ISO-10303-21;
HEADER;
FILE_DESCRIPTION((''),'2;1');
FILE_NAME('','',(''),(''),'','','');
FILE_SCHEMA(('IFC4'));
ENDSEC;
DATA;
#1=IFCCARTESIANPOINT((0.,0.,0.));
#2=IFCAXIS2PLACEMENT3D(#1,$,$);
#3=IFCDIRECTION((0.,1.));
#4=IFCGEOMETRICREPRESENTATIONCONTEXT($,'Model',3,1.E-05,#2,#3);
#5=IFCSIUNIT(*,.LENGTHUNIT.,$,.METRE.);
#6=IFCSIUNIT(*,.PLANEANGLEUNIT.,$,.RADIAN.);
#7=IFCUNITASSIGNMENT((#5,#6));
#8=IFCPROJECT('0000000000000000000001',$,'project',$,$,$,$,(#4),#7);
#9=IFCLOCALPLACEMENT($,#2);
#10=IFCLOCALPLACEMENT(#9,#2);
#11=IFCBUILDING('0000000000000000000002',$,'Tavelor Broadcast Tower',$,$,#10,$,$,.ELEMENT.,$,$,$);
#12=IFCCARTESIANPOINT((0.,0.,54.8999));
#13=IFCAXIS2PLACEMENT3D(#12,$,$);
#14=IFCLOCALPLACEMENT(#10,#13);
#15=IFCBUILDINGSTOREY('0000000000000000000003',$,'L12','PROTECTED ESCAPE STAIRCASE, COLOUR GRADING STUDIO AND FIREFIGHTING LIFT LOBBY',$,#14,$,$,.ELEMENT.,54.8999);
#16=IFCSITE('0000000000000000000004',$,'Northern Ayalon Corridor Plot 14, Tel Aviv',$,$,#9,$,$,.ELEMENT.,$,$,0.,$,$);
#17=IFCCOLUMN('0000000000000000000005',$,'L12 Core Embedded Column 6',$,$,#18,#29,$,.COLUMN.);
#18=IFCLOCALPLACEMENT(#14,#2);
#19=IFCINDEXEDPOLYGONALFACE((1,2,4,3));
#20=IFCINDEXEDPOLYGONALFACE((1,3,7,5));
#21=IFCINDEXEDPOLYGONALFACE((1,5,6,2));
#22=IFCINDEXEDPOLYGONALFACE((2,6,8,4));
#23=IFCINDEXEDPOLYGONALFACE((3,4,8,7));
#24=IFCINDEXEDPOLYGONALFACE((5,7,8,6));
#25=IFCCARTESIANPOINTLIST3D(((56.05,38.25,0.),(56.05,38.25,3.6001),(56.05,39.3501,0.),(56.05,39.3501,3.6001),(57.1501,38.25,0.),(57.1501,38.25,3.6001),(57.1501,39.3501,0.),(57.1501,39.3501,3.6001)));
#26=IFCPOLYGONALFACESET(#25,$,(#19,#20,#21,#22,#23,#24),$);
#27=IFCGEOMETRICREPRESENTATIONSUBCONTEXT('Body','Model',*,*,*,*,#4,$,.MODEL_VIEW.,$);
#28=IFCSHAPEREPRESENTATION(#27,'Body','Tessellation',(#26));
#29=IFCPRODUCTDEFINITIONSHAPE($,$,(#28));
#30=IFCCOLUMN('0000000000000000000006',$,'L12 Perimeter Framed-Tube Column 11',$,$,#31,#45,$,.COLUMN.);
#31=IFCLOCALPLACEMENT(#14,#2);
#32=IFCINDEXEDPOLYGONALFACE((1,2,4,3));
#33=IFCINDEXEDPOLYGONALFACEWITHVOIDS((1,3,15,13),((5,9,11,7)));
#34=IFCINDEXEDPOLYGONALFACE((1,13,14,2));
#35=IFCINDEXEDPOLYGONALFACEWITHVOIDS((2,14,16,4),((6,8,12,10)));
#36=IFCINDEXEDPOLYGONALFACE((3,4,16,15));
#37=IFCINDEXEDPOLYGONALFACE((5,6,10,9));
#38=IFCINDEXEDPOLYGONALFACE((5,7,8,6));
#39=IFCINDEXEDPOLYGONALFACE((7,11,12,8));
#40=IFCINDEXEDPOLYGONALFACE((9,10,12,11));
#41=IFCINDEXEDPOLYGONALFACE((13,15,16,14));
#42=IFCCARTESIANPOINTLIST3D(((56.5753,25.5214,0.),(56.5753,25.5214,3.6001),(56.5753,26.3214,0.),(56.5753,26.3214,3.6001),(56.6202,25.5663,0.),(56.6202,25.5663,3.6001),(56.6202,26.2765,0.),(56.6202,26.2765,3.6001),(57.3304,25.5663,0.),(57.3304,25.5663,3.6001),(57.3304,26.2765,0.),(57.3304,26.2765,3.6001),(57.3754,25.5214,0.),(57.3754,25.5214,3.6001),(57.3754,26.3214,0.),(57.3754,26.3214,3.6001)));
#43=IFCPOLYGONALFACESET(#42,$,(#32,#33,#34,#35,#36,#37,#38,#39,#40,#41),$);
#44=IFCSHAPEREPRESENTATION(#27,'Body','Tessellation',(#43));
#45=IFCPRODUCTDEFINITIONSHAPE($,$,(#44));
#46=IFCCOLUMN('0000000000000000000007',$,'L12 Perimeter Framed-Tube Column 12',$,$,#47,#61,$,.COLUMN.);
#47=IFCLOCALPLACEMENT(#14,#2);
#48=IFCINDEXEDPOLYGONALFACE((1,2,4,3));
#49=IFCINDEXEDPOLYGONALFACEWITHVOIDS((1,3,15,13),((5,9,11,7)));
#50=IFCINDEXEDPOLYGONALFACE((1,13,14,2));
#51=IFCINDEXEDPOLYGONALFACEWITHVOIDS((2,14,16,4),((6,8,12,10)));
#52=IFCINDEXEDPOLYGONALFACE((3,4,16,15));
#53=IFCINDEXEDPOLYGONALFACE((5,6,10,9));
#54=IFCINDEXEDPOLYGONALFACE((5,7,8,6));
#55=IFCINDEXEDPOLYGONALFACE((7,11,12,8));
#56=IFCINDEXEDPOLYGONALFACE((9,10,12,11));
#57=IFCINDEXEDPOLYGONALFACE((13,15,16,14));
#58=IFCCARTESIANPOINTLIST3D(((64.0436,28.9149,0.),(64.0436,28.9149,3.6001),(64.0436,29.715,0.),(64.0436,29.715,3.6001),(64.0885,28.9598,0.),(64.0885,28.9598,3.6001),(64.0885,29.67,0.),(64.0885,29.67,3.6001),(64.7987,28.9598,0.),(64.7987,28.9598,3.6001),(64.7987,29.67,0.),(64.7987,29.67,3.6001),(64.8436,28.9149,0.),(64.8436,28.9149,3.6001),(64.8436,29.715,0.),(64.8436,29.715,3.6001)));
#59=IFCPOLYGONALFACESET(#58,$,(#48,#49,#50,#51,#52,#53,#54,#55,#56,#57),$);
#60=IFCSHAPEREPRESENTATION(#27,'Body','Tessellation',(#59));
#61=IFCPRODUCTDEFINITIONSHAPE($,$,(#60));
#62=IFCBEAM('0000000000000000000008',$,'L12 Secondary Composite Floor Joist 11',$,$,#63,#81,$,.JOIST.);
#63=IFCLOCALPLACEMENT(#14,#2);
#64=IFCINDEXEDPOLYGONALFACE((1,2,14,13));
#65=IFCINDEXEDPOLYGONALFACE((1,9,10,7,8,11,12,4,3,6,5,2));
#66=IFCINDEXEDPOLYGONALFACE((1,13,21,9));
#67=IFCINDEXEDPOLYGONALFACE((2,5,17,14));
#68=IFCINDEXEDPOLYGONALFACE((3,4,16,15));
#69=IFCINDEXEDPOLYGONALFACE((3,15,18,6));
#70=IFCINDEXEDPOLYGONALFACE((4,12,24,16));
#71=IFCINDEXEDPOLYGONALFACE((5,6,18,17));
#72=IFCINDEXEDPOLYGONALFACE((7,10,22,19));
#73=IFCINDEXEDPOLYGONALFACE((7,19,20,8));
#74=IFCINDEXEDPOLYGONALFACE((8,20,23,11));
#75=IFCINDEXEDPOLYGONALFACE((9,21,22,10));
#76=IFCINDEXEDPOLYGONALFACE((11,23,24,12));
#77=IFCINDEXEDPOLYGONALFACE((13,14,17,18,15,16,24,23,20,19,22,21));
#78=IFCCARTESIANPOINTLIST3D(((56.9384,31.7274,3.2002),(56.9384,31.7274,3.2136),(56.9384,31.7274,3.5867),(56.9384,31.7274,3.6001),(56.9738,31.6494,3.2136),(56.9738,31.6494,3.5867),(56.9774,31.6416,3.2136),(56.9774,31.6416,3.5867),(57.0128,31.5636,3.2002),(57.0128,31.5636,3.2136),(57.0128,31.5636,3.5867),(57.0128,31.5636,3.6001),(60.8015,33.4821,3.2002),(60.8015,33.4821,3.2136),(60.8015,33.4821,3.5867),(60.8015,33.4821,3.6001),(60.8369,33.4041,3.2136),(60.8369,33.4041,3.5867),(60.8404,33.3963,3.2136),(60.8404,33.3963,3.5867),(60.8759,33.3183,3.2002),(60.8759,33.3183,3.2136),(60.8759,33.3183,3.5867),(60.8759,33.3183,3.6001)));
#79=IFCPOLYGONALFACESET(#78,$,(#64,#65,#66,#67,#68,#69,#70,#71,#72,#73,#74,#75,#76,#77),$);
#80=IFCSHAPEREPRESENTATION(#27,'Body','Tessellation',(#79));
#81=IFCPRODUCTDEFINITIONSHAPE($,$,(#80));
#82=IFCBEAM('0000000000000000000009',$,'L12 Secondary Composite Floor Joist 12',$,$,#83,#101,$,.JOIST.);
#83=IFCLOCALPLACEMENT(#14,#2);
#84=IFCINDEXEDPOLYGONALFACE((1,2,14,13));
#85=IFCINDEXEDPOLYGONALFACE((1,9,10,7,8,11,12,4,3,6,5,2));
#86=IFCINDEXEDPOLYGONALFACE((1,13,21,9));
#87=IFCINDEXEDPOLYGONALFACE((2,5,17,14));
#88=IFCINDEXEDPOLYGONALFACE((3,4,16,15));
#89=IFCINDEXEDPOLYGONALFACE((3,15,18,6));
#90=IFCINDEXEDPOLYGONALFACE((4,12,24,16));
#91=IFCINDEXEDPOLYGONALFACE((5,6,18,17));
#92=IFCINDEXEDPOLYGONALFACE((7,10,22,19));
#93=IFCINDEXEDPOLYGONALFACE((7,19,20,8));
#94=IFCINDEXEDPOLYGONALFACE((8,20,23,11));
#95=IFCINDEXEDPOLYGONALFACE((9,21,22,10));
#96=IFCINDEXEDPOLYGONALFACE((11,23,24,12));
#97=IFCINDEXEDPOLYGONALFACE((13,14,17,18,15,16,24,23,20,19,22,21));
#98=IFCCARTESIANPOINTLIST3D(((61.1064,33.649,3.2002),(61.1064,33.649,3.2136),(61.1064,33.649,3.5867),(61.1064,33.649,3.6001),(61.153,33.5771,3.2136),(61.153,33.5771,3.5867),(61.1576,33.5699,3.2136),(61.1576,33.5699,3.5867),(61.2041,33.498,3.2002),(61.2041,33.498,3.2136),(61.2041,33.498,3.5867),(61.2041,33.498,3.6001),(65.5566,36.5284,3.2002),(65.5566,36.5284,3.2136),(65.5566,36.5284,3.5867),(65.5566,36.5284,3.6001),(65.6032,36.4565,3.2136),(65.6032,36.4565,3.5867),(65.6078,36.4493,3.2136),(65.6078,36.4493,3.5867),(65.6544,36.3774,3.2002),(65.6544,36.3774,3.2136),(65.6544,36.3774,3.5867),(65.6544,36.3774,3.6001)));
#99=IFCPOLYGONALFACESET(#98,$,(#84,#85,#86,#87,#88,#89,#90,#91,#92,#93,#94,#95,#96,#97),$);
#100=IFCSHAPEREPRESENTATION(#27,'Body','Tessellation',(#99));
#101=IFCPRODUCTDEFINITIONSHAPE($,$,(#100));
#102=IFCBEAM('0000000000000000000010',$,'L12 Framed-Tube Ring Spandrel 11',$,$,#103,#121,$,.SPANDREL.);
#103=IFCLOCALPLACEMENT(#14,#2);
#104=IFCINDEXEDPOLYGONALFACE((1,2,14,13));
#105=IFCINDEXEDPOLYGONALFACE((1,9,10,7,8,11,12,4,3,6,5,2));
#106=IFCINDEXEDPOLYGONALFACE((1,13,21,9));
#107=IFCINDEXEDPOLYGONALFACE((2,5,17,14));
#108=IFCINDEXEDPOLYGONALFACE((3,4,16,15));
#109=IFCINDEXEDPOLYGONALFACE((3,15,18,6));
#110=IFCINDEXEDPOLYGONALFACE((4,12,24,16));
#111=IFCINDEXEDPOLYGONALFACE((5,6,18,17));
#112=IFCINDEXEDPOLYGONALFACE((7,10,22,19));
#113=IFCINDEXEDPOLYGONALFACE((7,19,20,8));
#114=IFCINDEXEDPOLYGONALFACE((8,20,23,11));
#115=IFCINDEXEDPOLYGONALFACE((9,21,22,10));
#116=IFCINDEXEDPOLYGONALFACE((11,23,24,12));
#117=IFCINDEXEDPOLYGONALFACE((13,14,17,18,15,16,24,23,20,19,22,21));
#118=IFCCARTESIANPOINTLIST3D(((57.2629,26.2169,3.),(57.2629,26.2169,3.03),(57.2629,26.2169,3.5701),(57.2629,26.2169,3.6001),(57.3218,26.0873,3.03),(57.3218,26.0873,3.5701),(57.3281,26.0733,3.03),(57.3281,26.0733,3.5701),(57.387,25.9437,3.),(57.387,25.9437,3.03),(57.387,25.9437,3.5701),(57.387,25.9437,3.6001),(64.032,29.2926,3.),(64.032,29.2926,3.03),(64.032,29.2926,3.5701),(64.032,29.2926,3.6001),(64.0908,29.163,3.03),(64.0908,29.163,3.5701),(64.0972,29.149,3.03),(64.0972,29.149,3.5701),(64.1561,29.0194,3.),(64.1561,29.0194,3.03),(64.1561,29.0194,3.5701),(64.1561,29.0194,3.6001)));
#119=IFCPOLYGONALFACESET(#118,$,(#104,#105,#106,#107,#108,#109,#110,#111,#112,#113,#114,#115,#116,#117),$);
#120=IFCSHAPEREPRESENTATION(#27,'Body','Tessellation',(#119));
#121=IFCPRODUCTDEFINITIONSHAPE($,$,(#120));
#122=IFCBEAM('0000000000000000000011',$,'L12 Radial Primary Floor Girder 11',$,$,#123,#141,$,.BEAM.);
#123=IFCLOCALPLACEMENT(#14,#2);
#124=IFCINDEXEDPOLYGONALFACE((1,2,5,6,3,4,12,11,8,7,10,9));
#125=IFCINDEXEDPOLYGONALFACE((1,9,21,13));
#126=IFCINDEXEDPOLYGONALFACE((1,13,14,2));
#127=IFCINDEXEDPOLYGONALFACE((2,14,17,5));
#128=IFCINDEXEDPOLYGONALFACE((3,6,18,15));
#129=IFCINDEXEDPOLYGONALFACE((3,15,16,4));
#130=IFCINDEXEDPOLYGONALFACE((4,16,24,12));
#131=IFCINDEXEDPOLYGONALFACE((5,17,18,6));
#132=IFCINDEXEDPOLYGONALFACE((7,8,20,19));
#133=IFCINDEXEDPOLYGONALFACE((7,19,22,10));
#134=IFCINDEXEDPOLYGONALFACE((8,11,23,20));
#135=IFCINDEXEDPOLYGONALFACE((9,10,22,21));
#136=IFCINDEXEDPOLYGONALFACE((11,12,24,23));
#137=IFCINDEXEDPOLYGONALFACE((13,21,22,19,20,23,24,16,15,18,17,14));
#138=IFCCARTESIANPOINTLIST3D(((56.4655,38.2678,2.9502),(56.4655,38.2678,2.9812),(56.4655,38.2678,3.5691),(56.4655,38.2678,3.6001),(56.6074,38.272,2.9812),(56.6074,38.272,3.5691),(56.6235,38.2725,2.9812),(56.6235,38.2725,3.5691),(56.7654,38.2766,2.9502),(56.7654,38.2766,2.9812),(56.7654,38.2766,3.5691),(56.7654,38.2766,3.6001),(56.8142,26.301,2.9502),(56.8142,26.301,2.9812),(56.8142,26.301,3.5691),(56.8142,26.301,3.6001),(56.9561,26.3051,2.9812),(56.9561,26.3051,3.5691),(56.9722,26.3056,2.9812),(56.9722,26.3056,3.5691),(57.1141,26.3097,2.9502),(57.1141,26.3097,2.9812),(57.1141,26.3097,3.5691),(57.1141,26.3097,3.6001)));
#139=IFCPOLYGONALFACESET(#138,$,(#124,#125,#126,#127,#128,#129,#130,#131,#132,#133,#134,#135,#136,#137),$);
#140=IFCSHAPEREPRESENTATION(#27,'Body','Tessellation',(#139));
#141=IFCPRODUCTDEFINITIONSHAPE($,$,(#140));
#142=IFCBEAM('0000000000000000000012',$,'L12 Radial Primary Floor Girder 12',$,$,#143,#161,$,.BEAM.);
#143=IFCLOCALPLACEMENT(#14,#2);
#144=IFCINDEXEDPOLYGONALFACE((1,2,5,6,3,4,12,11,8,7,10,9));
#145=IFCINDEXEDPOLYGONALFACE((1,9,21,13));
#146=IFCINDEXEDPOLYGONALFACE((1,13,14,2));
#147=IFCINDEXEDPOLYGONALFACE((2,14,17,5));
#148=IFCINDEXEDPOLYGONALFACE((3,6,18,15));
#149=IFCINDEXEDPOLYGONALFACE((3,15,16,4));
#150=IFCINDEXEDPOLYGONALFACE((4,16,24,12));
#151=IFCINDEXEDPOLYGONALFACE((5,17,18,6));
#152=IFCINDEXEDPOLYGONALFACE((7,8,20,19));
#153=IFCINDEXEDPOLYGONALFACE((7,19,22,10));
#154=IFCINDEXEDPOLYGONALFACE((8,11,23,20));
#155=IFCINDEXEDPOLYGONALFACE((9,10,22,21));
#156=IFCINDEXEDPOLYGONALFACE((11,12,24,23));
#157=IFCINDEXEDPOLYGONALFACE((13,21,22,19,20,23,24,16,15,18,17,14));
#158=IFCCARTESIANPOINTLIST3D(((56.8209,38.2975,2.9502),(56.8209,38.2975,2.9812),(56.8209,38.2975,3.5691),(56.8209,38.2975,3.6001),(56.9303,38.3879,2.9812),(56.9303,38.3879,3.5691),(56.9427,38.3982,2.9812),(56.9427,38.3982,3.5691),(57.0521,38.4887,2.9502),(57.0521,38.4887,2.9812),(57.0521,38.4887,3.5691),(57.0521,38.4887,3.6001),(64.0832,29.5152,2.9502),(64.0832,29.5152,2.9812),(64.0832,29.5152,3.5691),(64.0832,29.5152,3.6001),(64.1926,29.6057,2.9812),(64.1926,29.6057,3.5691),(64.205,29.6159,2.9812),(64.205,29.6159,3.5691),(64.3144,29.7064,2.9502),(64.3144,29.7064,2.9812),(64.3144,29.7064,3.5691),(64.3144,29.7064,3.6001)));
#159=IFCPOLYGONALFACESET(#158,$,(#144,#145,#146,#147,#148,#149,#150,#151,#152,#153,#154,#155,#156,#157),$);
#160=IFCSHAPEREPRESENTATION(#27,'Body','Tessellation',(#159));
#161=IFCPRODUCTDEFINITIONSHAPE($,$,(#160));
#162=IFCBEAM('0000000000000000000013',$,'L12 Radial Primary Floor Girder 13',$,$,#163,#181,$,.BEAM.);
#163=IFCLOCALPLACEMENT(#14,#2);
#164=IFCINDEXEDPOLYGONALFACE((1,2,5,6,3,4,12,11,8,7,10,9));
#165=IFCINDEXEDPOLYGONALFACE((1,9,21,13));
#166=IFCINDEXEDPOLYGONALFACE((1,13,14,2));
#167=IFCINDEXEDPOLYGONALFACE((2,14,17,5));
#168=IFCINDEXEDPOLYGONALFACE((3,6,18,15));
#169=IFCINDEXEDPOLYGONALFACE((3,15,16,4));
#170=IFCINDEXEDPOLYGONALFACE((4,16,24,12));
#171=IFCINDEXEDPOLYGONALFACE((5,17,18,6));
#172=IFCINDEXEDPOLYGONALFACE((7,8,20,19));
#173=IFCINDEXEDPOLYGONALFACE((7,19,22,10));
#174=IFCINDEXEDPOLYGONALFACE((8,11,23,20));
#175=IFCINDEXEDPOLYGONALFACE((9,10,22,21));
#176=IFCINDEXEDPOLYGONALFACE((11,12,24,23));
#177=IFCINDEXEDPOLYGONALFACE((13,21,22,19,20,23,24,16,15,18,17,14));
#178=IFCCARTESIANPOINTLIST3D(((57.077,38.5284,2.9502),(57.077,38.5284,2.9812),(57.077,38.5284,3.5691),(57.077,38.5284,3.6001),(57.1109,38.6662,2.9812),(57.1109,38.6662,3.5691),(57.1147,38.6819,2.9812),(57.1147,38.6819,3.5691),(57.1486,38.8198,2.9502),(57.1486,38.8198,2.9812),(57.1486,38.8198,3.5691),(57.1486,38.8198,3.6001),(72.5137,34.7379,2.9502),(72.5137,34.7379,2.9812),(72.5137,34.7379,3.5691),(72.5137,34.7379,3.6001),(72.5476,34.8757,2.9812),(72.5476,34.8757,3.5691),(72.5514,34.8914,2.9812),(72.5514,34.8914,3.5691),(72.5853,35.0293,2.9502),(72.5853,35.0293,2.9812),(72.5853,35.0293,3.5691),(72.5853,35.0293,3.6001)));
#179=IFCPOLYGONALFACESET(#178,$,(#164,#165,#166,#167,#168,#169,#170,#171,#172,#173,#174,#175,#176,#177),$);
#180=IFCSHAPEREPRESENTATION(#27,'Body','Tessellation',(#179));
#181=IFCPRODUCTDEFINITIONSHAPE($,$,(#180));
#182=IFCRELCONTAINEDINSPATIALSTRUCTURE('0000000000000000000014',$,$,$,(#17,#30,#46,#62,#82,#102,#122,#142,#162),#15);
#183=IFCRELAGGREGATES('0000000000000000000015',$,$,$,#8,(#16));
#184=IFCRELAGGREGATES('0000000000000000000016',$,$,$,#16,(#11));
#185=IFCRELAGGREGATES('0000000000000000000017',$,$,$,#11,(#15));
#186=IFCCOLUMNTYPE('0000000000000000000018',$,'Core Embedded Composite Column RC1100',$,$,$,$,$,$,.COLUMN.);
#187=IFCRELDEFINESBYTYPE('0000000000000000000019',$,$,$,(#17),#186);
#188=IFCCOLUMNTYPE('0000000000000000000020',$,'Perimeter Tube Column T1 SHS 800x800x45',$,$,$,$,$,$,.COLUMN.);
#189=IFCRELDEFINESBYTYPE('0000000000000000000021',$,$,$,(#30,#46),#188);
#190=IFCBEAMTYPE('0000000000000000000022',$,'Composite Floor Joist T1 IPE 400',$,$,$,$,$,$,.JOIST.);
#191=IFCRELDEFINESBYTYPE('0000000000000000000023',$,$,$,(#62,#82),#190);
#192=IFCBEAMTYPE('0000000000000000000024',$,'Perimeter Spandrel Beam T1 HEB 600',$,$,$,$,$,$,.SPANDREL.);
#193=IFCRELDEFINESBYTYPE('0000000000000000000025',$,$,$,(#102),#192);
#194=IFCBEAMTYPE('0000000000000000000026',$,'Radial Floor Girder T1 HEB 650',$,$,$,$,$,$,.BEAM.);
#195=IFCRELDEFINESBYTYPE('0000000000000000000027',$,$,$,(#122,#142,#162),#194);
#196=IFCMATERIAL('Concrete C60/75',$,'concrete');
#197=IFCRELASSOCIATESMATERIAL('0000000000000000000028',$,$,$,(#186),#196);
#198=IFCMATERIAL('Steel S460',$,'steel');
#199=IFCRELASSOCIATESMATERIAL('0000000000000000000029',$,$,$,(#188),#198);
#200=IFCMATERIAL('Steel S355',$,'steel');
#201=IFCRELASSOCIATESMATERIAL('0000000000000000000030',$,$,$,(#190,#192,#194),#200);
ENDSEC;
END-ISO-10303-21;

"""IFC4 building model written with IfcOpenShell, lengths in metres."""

from ifc_helpers import new_model, si_unit, direction, frame, origin, origin_2d, place, context, subcontext, project, spatial, rectangle, hollow_rectangle, i_section, extrude, material, material_profile, profile_set, type_object, element, save


model = new_model("IFC4")

# Units and contexts
model_context = context("Model", 3, precision=1e-05, world=origin(), true_north=direction((0.0, 1.0)))
body_context = subcontext(model_context, "Body", "Model", "MODEL_VIEW")
ifc_project = project(units=[si_unit("LENGTHUNIT", "METRE"), si_unit("PLANEANGLEUNIT", "RADIAN")], contexts=[model_context])

# Site, building, storey
site_placement = place(None, origin())
site = spatial("IfcSite", under=ifc_project, at=site_placement, Name="Northern Ayalon Corridor Plot 14, Tel Aviv", CompositionType="ELEMENT", RefElevation=0.0)
building_placement = place(site_placement, origin())
building = spatial("IfcBuilding", under=site, at=building_placement, Name="Tavelor Broadcast Tower", CompositionType="ELEMENT")
storey_placement = place(building_placement, frame((0.0, 0.0, 54.8999)))
storey = spatial("IfcBuildingStorey", under=building, at=storey_placement, Name="L12", Description="PROTECTED ESCAPE STAIRCASE, COLOUR GRADING STUDIO AND FIREFIGHTING LIFT LOBBY", CompositionType="ELEMENT", Elevation=54.8999)

# Columns
ifc_material_1 = material(Name="Concrete C60/75", Category="concrete")
ifc_material_profile_1 = material_profile(ifc_material_1, rectangle(XDim=1.1001, YDim=1.1001, at=origin_2d()), Name="RC 1100x1100")
ifc_profile_set_1 = profile_set([ifc_material_profile_1], Name="Concrete C60/75")
column_type_1 = type_object("IfcColumnType", Name="Core Embedded Composite Column RC1100", PredefinedType="COLUMN", material=ifc_profile_set_1)
column_placement = place(storey_placement, frame((56.6001, 38.8, 0.0), z_axis=(0.0, 0.0, 1.0), x_axis=(1.0, 0.0, 0.0)))
element("IfcColumn", 1, at=column_placement, inside=storey, type_object=column_type_1, Name="L12 Core Embedded Column 6", PredefinedType="COLUMN", context=body_context, shape_type="SweptSolid", body=[
    extrude(rectangle(XDim=1.1001, YDim=1.1001, at=origin_2d()), origin(), (0.0, 0.0, 1.0), 3.6001),
])
ifc_material_2 = material(Name="Steel S460", Category="steel")
ifc_material_profile_2 = material_profile(ifc_material_2, hollow_rectangle(XDim=0.8, YDim=0.8, WallThickness=0.0449, at=origin_2d()), Name="SHS 800x800x45")
ifc_profile_set_2 = profile_set([ifc_material_profile_2], Name="Steel S460")
column_type_2 = type_object("IfcColumnType", Name="Perimeter Tube Column T1 SHS 800x800x45", PredefinedType="COLUMN", material=ifc_profile_set_2)
for number, where, z_axis, x_axis, name in (
    (2, (56.9753, 25.9214, 0.0), (0.0, 0.0, 1.0), (1.0, 0.0, 0.0), "L12 Perimeter Framed-Tube Column 11"),
    (3, (64.4436, 29.3149, 0.0), (0.0, 0.0, 1.0), (1.0, 0.0, 0.0), "L12 Perimeter Framed-Tube Column 12"),
):
    element("IfcColumn", number, at=place(storey_placement, frame(where, z_axis=z_axis, x_axis=x_axis)), inside=storey, type_object=column_type_2, Name=name, PredefinedType="COLUMN", context=body_context, shape_type="SweptSolid", body=[
        extrude(hollow_rectangle(XDim=0.8, YDim=0.8, WallThickness=0.0449, at=origin_2d()), origin(), (0.0, 0.0, 1.0), 3.6001),
    ])

# Beams
ifc_material_3 = material(Name="Steel S355", Category="steel")
ifc_material_profile_3 = material_profile(ifc_material_3, i_section(OverallWidth=0.1799, OverallDepth=0.3999, WebThickness=0.0085, FlangeThickness=0.0134, at=origin_2d()), Name="IPE 400")
ifc_profile_set_3 = profile_set([ifc_material_profile_3], Name="Steel S355")
beam_type_1 = type_object("IfcBeamType", Name="Composite Floor Joist T1 IPE 400", PredefinedType="JOIST", material=ifc_profile_set_3)
beam_1_placement = place(storey_placement, frame((56.9756, 31.6455, 3.4001), z_axis=(0.910481, 0.413551, 0.0), x_axis=(-0.413551, 0.910481, 0.0)))
element("IfcBeam", 4, at=beam_1_placement, inside=storey, type_object=beam_type_1, Name="L12 Secondary Composite Floor Joist 11", PredefinedType="JOIST", context=body_context, shape_type="SweptSolid", body=[
    extrude(i_section(OverallWidth=0.1799, OverallDepth=0.3999, WebThickness=0.0085, FlangeThickness=0.0134, at=origin_2d()), origin(), (0.0, 0.0, 1.0), 4.2429),
])
beam_2_placement = place(storey_placement, frame((61.1553, 33.5735, 3.4001), z_axis=(0.839583, 0.543232, 0.0), x_axis=(-0.543232, 0.839583, 0.0)))
element("IfcBeam", 5, at=beam_2_placement, inside=storey, type_object=beam_type_1, Name="L12 Secondary Composite Floor Joist 12", PredefinedType="JOIST", context=body_context, shape_type="SweptSolid", body=[
    extrude(i_section(OverallWidth=0.1799, OverallDepth=0.3999, WebThickness=0.0085, FlangeThickness=0.0134, at=origin_2d()), origin(), (0.0, 0.0, 1.0), 5.3005),
])
ifc_material_profile_4 = material_profile(ifc_material_3, i_section(OverallWidth=0.3, OverallDepth=0.6001, WebThickness=0.0154, FlangeThickness=0.03, at=origin_2d()), Name="HEB 600")
ifc_profile_set_4 = profile_set([ifc_material_profile_4], Name="Steel S355")
beam_type_2 = type_object("IfcBeamType", Name="Perimeter Spandrel Beam T1 HEB 600", PredefinedType="SPANDREL", material=ifc_profile_set_4)
beam_3_placement = place(storey_placement, frame((57.325, 26.0803, 3.3), z_axis=(0.910425, 0.413674, 0.0), x_axis=(-0.413674, 0.910425, 0.0)))
element("IfcBeam", 6, at=beam_3_placement, inside=storey, type_object=beam_type_2, Name="L12 Framed-Tube Ring Spandrel 11", PredefinedType="SPANDREL", context=body_context, shape_type="SweptSolid", body=[
    extrude(i_section(OverallWidth=0.3, OverallDepth=0.6001, WebThickness=0.0154, FlangeThickness=0.03, at=origin_2d()), origin(), (0.0, 0.0, 1.0), 7.4351),
])
ifc_material_profile_5 = material_profile(ifc_material_3, i_section(OverallWidth=0.3, OverallDepth=0.6499, WebThickness=0.0161, FlangeThickness=0.031, at=origin_2d()), Name="HEB 650")
ifc_profile_set_5 = profile_set([ifc_material_profile_5], Name="Steel S355")
beam_type_3 = type_object("IfcBeamType", Name="Radial Floor Girder T1 HEB 650", PredefinedType="BEAM", material=ifc_profile_set_5)
beam_4_placement = place(storey_placement, frame((56.6155, 38.2722, 3.2751), z_axis=(0.029121, -0.999576, 0.0), x_axis=(0.999576, 0.029121, 0.0)))
element("IfcBeam", 7, at=beam_4_placement, inside=storey, type_object=beam_type_3, Name="L12 Radial Primary Floor Girder 11", PredefinedType="BEAM", context=body_context, shape_type="SweptSolid", body=[
    extrude(i_section(OverallWidth=0.3, OverallDepth=0.6499, WebThickness=0.0161, FlangeThickness=0.031, at=origin_2d()), origin(), (0.0, 0.0, 1.0), 11.9719),
])
beam_5_placement = place(storey_placement, frame((56.9365, 38.3931, 3.2751), z_axis=(0.637263, -0.770646, 0.0), x_axis=(0.770646, 0.637263, 0.0)))
element("IfcBeam", 8, at=beam_5_placement, inside=storey, type_object=beam_type_3, Name="L12 Radial Primary Floor Girder 12", PredefinedType="BEAM", context=body_context, shape_type="SweptSolid", body=[
    extrude(i_section(OverallWidth=0.3, OverallDepth=0.6499, WebThickness=0.0161, FlangeThickness=0.031, at=origin_2d()), origin(), (0.0, 0.0, 1.0), 11.396),
])
beam_6_placement = place(storey_placement, frame((57.1128, 38.6741, 3.2751), z_axis=(0.97115, -0.238468, 0.0), x_axis=(0.238468, 0.97115, 0.0)))
element("IfcBeam", 9, at=beam_6_placement, inside=storey, type_object=beam_type_3, Name="L12 Radial Primary Floor Girder 13", PredefinedType="BEAM", context=body_context, shape_type="SweptSolid", body=[
    extrude(i_section(OverallWidth=0.3, OverallDepth=0.6499, WebThickness=0.0161, FlangeThickness=0.031, at=origin_2d()), origin(), (0.0, 0.0, 1.0), 15.8953),
])

save(model, "model.ifc")
